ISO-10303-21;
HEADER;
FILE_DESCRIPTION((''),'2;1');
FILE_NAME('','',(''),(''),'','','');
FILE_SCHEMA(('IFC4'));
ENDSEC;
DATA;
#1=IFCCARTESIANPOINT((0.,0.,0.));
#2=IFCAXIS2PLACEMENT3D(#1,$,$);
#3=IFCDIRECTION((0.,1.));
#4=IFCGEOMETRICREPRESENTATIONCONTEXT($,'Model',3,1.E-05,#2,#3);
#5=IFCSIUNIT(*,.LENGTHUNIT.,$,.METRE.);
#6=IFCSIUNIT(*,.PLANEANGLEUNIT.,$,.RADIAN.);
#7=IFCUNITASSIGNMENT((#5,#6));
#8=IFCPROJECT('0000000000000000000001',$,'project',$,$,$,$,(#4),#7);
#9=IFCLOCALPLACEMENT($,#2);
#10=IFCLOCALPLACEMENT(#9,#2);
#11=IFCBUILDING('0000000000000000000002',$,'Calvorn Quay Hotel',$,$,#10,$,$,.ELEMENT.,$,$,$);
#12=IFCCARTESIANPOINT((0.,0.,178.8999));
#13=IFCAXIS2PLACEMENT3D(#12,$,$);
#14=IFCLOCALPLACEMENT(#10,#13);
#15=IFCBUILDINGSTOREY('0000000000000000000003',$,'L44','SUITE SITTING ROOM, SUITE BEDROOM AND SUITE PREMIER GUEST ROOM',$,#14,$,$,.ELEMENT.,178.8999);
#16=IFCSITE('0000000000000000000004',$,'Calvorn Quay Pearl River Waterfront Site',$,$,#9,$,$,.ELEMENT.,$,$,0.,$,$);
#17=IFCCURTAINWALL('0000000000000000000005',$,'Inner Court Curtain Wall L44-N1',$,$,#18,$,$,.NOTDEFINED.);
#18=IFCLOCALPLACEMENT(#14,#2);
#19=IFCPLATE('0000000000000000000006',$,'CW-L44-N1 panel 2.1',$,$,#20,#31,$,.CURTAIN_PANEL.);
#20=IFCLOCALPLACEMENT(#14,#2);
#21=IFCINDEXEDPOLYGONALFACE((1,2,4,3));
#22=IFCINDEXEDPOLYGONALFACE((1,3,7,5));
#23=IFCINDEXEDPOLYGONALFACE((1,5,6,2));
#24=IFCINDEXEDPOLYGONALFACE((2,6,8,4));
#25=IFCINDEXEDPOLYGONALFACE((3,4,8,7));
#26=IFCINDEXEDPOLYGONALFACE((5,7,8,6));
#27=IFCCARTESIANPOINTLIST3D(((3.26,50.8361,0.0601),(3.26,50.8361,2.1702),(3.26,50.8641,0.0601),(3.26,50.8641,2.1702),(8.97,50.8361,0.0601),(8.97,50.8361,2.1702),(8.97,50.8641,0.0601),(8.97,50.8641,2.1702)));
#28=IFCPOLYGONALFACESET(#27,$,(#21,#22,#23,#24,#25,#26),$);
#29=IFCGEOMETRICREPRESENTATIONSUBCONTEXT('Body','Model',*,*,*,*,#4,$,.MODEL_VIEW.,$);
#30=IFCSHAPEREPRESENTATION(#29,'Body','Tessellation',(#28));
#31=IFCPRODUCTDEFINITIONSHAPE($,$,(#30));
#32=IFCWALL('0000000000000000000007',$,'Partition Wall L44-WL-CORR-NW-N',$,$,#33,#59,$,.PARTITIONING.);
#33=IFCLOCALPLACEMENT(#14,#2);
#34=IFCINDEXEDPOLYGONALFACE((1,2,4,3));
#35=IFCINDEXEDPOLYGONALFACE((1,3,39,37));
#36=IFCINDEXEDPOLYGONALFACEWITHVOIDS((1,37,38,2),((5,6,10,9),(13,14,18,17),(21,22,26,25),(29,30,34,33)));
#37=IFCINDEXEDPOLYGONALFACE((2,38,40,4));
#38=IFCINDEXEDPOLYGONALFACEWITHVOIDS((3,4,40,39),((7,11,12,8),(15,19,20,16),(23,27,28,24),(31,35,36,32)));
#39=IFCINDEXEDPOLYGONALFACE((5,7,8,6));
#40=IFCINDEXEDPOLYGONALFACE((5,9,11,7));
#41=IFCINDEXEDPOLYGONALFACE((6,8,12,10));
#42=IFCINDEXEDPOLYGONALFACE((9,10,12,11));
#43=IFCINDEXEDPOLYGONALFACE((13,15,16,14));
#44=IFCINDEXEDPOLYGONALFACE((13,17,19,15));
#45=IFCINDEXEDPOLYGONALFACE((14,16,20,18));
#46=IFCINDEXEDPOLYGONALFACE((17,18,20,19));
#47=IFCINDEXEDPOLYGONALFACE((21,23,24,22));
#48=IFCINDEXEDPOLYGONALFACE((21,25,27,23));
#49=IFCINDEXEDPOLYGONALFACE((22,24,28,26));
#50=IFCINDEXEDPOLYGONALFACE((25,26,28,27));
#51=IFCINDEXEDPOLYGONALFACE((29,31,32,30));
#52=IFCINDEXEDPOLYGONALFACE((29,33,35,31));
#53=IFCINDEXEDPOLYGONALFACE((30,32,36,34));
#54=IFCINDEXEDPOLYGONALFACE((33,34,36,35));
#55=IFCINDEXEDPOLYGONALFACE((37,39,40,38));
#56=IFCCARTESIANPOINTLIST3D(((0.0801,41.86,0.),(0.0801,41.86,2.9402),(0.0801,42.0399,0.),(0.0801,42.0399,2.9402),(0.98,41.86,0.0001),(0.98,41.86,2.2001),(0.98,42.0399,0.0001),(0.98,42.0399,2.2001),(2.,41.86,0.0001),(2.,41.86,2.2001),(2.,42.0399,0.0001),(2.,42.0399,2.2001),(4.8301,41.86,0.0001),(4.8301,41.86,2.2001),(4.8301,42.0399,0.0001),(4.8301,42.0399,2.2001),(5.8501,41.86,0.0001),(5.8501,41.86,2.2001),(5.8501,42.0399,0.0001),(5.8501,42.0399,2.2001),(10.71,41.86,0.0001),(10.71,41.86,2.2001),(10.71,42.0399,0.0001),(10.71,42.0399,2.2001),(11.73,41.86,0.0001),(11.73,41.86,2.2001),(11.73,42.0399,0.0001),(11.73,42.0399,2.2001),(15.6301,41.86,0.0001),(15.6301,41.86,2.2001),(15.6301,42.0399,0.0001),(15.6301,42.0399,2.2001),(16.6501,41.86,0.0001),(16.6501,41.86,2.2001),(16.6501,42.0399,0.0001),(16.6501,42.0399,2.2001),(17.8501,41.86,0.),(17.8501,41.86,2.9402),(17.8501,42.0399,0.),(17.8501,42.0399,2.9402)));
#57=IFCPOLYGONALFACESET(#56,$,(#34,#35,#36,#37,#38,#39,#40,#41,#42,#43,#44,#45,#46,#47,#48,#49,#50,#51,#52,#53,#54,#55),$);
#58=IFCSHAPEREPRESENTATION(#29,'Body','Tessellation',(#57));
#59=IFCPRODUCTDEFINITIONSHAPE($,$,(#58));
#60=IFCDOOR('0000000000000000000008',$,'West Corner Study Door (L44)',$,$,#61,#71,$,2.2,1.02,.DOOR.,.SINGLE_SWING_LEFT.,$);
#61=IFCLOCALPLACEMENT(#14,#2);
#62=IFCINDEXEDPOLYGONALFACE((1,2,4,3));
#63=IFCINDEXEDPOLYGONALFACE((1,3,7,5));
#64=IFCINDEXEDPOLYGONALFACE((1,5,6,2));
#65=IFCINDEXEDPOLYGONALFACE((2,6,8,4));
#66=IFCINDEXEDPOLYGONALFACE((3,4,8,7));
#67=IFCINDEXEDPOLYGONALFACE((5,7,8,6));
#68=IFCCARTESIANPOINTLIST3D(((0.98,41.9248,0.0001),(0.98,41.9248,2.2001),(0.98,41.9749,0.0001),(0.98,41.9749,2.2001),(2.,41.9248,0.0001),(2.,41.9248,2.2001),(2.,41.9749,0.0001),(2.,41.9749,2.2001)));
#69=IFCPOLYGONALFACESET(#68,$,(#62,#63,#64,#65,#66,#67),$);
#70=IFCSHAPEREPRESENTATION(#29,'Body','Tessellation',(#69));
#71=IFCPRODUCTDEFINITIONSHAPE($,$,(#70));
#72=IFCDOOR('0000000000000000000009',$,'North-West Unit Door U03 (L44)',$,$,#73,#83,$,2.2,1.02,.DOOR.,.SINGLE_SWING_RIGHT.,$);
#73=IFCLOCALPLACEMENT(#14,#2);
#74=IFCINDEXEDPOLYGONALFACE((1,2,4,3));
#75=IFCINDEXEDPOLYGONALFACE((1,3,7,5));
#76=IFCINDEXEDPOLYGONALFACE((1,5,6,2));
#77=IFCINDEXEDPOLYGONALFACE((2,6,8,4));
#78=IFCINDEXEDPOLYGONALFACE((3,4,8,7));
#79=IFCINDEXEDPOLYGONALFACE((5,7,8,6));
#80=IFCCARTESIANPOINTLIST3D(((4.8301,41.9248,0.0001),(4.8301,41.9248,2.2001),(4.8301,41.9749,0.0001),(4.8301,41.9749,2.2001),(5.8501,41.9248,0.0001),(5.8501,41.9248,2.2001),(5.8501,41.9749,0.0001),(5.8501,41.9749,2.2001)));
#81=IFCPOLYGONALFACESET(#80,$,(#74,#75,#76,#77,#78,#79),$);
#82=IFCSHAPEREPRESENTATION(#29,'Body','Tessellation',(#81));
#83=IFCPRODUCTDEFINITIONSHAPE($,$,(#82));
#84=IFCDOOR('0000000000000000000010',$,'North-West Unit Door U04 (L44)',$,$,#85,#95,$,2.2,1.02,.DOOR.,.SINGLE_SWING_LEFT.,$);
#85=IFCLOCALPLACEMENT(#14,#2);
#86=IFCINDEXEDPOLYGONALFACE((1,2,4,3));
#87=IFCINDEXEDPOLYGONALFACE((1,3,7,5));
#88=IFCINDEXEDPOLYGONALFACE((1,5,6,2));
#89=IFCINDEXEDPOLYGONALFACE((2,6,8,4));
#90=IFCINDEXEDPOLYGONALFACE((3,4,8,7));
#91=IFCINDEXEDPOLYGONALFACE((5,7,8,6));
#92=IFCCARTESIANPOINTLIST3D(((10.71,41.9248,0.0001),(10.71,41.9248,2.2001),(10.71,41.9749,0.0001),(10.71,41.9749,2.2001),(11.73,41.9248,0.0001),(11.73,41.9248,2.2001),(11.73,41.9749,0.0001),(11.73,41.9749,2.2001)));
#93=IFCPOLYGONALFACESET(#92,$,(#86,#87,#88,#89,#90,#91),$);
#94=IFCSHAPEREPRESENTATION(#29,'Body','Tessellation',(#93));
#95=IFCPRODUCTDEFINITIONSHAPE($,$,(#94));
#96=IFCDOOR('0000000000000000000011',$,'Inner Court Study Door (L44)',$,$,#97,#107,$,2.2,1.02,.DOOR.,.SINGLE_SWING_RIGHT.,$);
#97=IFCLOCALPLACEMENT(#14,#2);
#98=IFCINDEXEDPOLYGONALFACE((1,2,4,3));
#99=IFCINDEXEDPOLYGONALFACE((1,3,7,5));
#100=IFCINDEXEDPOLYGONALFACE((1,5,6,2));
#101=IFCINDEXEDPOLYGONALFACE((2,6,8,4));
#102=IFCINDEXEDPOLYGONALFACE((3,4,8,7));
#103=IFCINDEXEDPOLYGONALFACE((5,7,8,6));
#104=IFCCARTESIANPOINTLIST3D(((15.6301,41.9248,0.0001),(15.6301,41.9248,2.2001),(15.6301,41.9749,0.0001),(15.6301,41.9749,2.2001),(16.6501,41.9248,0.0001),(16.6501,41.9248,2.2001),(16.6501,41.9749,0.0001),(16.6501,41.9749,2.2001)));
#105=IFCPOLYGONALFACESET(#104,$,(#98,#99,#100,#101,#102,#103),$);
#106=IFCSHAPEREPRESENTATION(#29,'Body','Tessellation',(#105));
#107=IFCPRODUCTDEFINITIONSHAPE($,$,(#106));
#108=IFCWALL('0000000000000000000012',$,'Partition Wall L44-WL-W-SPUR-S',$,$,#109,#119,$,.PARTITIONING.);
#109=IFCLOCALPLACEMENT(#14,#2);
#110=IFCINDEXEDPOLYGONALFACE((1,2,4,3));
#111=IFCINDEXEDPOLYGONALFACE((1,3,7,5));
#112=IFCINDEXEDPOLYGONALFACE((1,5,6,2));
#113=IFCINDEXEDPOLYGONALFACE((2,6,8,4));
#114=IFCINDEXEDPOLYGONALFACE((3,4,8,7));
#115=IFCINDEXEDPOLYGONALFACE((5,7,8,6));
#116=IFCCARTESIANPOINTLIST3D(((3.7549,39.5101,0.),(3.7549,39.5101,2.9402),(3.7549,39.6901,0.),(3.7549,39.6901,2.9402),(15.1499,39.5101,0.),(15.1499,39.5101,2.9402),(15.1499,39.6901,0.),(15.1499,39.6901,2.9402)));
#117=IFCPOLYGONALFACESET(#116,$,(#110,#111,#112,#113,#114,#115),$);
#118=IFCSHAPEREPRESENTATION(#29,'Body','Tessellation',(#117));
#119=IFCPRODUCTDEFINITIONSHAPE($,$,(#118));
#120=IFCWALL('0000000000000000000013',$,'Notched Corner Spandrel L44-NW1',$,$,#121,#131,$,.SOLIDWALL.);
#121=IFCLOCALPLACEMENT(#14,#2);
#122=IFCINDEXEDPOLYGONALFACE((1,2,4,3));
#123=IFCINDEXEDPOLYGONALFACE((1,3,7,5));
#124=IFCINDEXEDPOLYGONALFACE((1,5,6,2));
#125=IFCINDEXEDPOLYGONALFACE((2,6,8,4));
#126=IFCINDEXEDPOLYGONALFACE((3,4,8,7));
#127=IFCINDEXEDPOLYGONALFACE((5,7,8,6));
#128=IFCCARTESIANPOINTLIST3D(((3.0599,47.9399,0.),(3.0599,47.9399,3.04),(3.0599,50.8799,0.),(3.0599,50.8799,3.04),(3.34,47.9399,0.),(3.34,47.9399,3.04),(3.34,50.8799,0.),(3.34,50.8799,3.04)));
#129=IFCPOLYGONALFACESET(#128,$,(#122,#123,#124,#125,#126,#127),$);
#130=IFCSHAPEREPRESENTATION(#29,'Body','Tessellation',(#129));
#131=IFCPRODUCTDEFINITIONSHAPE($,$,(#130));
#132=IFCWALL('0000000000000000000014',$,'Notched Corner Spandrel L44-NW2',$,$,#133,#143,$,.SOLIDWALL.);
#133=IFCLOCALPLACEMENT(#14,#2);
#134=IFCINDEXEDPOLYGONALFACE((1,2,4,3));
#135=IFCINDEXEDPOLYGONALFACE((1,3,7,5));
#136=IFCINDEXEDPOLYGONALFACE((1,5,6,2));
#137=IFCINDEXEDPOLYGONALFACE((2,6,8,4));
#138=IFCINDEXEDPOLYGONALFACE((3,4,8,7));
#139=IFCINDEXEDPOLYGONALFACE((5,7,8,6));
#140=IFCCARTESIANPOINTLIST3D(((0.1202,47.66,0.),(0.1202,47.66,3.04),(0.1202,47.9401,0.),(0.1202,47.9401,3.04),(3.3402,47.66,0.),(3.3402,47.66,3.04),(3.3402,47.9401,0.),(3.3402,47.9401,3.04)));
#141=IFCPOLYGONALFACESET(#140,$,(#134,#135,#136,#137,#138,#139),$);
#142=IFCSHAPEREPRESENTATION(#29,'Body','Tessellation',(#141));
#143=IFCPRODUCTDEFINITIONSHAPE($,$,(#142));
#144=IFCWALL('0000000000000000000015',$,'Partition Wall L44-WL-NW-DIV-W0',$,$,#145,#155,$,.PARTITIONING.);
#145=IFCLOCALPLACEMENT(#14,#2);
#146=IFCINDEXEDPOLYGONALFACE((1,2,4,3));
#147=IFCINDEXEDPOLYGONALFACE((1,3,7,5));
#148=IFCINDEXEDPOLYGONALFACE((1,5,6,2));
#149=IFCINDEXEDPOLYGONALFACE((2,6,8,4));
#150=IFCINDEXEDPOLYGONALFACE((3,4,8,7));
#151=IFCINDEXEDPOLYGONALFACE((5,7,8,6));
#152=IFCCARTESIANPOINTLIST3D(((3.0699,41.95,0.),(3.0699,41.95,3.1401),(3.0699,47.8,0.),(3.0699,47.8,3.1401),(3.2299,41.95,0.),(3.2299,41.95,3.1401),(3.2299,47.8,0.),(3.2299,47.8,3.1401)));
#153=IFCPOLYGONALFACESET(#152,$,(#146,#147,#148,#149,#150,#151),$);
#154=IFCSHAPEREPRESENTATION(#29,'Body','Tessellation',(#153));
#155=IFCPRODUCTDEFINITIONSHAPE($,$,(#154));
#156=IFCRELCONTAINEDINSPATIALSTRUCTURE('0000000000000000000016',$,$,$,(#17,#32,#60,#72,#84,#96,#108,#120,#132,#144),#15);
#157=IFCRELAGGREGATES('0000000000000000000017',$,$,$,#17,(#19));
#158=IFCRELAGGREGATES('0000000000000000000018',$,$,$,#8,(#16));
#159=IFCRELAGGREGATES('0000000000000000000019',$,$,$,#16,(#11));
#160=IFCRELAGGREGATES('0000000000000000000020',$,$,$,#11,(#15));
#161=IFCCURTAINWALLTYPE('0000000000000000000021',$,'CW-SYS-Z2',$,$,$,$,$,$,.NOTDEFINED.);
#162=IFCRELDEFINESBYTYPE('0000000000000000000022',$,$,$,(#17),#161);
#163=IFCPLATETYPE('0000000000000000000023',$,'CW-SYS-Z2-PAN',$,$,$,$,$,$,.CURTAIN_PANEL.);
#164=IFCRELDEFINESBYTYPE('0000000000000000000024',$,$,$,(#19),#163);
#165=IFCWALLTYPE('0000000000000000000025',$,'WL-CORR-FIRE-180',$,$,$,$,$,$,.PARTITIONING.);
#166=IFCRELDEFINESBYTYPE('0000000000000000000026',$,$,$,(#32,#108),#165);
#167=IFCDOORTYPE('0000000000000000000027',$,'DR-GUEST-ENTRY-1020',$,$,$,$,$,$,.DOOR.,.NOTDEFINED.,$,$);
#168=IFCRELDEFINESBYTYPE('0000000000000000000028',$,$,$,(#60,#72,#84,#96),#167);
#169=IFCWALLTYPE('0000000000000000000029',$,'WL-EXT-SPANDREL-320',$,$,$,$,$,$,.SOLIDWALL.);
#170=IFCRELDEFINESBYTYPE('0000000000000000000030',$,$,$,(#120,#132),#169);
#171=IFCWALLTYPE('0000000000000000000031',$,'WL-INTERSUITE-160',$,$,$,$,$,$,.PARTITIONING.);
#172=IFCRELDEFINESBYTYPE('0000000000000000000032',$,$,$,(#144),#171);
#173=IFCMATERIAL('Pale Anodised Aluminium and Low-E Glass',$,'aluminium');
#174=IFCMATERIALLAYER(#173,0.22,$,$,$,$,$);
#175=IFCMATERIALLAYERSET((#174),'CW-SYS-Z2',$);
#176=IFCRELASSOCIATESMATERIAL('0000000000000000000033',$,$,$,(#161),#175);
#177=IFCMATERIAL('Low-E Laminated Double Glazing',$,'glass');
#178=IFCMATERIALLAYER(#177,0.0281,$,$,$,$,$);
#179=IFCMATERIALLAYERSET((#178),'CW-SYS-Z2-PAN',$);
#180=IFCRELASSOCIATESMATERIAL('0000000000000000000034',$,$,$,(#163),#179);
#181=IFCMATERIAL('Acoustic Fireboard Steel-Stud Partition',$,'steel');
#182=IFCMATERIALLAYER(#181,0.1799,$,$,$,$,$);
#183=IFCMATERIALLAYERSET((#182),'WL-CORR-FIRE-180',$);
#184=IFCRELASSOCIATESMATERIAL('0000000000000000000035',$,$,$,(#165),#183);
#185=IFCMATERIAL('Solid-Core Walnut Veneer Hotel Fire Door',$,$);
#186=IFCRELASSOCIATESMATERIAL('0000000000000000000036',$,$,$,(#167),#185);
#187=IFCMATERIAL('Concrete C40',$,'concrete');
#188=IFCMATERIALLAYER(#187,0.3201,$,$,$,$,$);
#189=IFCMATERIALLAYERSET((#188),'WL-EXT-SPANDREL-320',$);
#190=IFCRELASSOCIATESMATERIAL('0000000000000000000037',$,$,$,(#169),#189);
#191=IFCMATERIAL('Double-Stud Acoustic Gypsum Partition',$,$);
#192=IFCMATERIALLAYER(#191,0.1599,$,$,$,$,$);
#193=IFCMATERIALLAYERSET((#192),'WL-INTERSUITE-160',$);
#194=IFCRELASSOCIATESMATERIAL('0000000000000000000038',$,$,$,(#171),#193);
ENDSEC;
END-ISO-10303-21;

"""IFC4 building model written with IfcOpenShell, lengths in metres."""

from ifc_helpers import new_model, si_unit, direction, frame, frame_2d, origin, origin_2d, place, context, subcontext, project, spatial, rectangle, extrude, material, layer, layer_set, type_object, element, fill, aggregate, save


model = new_model("IFC4")

# Units and contexts
model_context = context("Model", 3, precision=1e-05, world=origin(), true_north=direction((0.0, 1.0)))
body_context = subcontext(model_context, "Body", "Model", "MODEL_VIEW")
ifc_project = project(units=[si_unit("LENGTHUNIT", "METRE"), si_unit("PLANEANGLEUNIT", "RADIAN")], contexts=[model_context])

# Site, building, storey
site_placement = place(None, origin())
site = spatial("IfcSite", under=ifc_project, at=site_placement, Name="Calvorn Quay Pearl River Waterfront Site", CompositionType="ELEMENT", RefElevation=0.0)
building_placement = place(site_placement, origin())
building = spatial("IfcBuilding", under=site, at=building_placement, Name="Calvorn Quay Hotel", CompositionType="ELEMENT")
storey_placement = place(building_placement, frame((0.0, 0.0, 178.8999)))
storey = spatial("IfcBuildingStorey", under=building, at=storey_placement, Name="L44", Description="SUITE SITTING ROOM, SUITE BEDROOM AND SUITE PREMIER GUEST ROOM", CompositionType="ELEMENT", Elevation=178.8999)

# Shared definitions
ifc_material_1 = material(Name="Pale Anodised Aluminium and Low-E Glass", Category="aluminium")
ifc_layer_1 = layer(ifc_material_1, 0.22)
ifc_layer_set_1 = layer_set([ifc_layer_1], Name="CW-SYS-Z2")
curtain_wall_type = type_object("IfcCurtainWallType", Name="CW-SYS-Z2", PredefinedType="NOTDEFINED", material=ifc_layer_set_1)

# Curtain wall
curtain_wall_1_placement = place(storey_placement, origin())
curtain_wall_1 = element("IfcCurtainWall", 1, at=curtain_wall_1_placement, inside=storey, type_object=curtain_wall_type, Name="Inner Court Curtain Wall L44-N1", PredefinedType="NOTDEFINED")

# Plate
ifc_material_2 = material(Name="Low-E Laminated Double Glazing", Category="glass")
ifc_layer_2 = layer(ifc_material_2, 0.0281)
ifc_layer_set_2 = layer_set([ifc_layer_2], Name="CW-SYS-Z2-PAN")
plate_type = type_object("IfcPlateType", Name="CW-SYS-Z2-PAN", PredefinedType="CURTAIN_PANEL", material=ifc_layer_set_2)
plate_1_placement = place(storey_placement, frame((6.115, 50.8501, 0.0601), z_axis=(0.0, 0.0, 1.0), x_axis=(-1.0, 0.0, 0.0)))
plate_1 = element("IfcPlate", 2, at=plate_1_placement, type_object=plate_type, Name="CW-L44-N1 panel 2.1", PredefinedType="CURTAIN_PANEL", context=body_context, shape_type="SweptSolid", body=[
    extrude(rectangle(XDim=5.71, YDim=0.0281, at=origin_2d()), origin(), (0.0, 0.0, 1.0), 2.1101),
])
aggregate(curtain_wall_1, [plate_1])

# Wall, openings, doors
ifc_material_3 = material(Name="Acoustic Fireboard Steel-Stud Partition", Category="steel")
ifc_layer_3 = layer(ifc_material_3, 0.1799)
ifc_layer_set_3 = layer_set([ifc_layer_3], Name="WL-CORR-FIRE-180")
wall_type_1 = type_object("IfcWallType", Name="WL-CORR-FIRE-180", PredefinedType="PARTITIONING", material=ifc_layer_set_3)
wall_1_placement = place(storey_placement, frame((0.0801, 41.95, 0.0), z_axis=(0.0, 0.0, 1.0), x_axis=(1.0, 0.0, 0.0)))
wall_1 = element("IfcWall", 3, at=wall_1_placement, inside=storey, type_object=wall_type_1, Name="Partition Wall L44-WL-CORR-NW-N", PredefinedType="PARTITIONING", context=body_context, shape_type="SweptSolid", body=[
    extrude(rectangle(XDim=17.77, YDim=0.1799, at=frame_2d((8.885, 0.0))), origin(), (0.0, 0.0, 1.0), 2.9402),
])
opening_1_placement = place(wall_1_placement, frame((0.8999, 0.0, 0.0)))
opening_1 = element("IfcOpeningElement", 4, at=opening_1_placement, cuts=wall_1, PredefinedType="OPENING", context=body_context, shape_type="SweptSolid", body=[
    extrude(rectangle(XDim=1.02, YDim=2.2, at=frame_2d((0.51, 1.1001))), frame((0.0, 0.0999, 0.0), z_axis=(0.0, -1.0, 0.0), x_axis=(1.0, 0.0, 0.0)), (0.0, 0.0, 1.0), 0.2),
])
opening_2_placement = place(wall_1_placement, frame((4.75, 0.0, 0.0)))
opening_2 = element("IfcOpeningElement", 5, at=opening_2_placement, cuts=wall_1, PredefinedType="OPENING", context=body_context, shape_type="SweptSolid", body=[
    extrude(rectangle(XDim=1.02, YDim=2.2, at=frame_2d((0.51, 1.1001))), frame((0.0, 0.0999, 0.0), z_axis=(0.0, -1.0, 0.0), x_axis=(1.0, 0.0, 0.0)), (0.0, 0.0, 1.0), 0.2),
])
opening_3_placement = place(wall_1_placement, frame((10.6299, 0.0, 0.0)))
opening_3 = element("IfcOpeningElement", 6, at=opening_3_placement, cuts=wall_1, PredefinedType="OPENING", context=body_context, shape_type="SweptSolid", body=[
    extrude(rectangle(XDim=1.02, YDim=2.2, at=frame_2d((0.51, 1.1001))), frame((0.0, 0.0999, 0.0), z_axis=(0.0, -1.0, 0.0), x_axis=(1.0, 0.0, 0.0)), (0.0, 0.0, 1.0), 0.2),
])
opening_4_placement = place(wall_1_placement, frame((15.55, 0.0, 0.0)))
opening_4 = element("IfcOpeningElement", 7, at=opening_4_placement, cuts=wall_1, PredefinedType="OPENING", context=body_context, shape_type="SweptSolid", body=[
    extrude(rectangle(XDim=1.02, YDim=2.2, at=frame_2d((0.51, 1.1001))), frame((0.0, 0.0999, 0.0), z_axis=(0.0, -1.0, 0.0), x_axis=(1.0, 0.0, 0.0)), (0.0, 0.0, 1.0), 0.2),
])
ifc_material_4 = material(Name="Solid-Core Walnut Veneer Hotel Fire Door")
door_type_1 = type_object("IfcDoorType", Name="DR-GUEST-ENTRY-1020", OperationType="NOTDEFINED", PredefinedType="DOOR", material=ifc_material_4)
door_1_placement = place(opening_1_placement, origin())
door_1 = element("IfcDoor", 8, at=door_1_placement, inside=storey, type_object=door_type_1, Name="West Corner Study Door (L44)", OperationType="SINGLE_SWING_LEFT", OverallHeight=2.2, OverallWidth=1.02, PredefinedType="DOOR", context=body_context, shape_type="SweptSolid", body=[
    extrude(rectangle(XDim=1.02, YDim=2.2, at=frame_2d((0.51, 1.1001))), frame((0.0, 0.0249, 0.0), z_axis=(0.0, -1.0, 0.0), x_axis=(1.0, 0.0, 0.0)), (0.0, 0.0, 1.0), 0.05),
])
fill(opening_1, door_1)
door_2_placement = place(opening_2_placement, origin())
door_2 = element("IfcDoor", 9, at=door_2_placement, inside=storey, type_object=door_type_1, Name="North-West Unit Door U03 (L44)", OperationType="SINGLE_SWING_RIGHT", OverallHeight=2.2, OverallWidth=1.02, PredefinedType="DOOR", context=body_context, shape_type="SweptSolid", body=[
    extrude(rectangle(XDim=1.02, YDim=2.2, at=frame_2d((0.51, 1.1001))), frame((0.0, 0.0249, 0.0), z_axis=(0.0, -1.0, 0.0), x_axis=(1.0, 0.0, 0.0)), (0.0, 0.0, 1.0), 0.05),
])
fill(opening_2, door_2)
door_3_placement = place(opening_3_placement, origin())
door_3 = element("IfcDoor", 10, at=door_3_placement, inside=storey, type_object=door_type_1, Name="North-West Unit Door U04 (L44)", OperationType="SINGLE_SWING_LEFT", OverallHeight=2.2, OverallWidth=1.02, PredefinedType="DOOR", context=body_context, shape_type="SweptSolid", body=[
    extrude(rectangle(XDim=1.02, YDim=2.2, at=frame_2d((0.51, 1.1001))), frame((0.0, 0.0249, 0.0), z_axis=(0.0, -1.0, 0.0), x_axis=(1.0, 0.0, 0.0)), (0.0, 0.0, 1.0), 0.05),
])
fill(opening_3, door_3)
door_4_placement = place(opening_4_placement, origin())
door_4 = element("IfcDoor", 11, at=door_4_placement, inside=storey, type_object=door_type_1, Name="Inner Court Study Door (L44)", OperationType="SINGLE_SWING_RIGHT", OverallHeight=2.2, OverallWidth=1.02, PredefinedType="DOOR", context=body_context, shape_type="SweptSolid", body=[
    extrude(rectangle(XDim=1.02, YDim=2.2, at=frame_2d((0.51, 1.1001))), frame((0.0, 0.0249, 0.0), z_axis=(0.0, -1.0, 0.0), x_axis=(1.0, 0.0, 0.0)), (0.0, 0.0, 1.0), 0.05),
])
fill(opening_4, door_4)

# Walls
wall_2_placement = place(storey_placement, frame((3.7549, 39.6001, 0.0), z_axis=(0.0, 0.0, 1.0), x_axis=(1.0, 0.0, 0.0)))
element("IfcWall", 12, at=wall_2_placement, inside=storey, type_object=wall_type_1, Name="Partition Wall L44-WL-W-SPUR-S", PredefinedType="PARTITIONING", context=body_context, shape_type="SweptSolid", body=[
    extrude(rectangle(XDim=11.395, YDim=0.1799, at=frame_2d((5.6975, 0.0))), origin(), (0.0, 0.0, 1.0), 2.9402),
])
ifc_material_5 = material(Name="Concrete C40", Category="concrete")
ifc_layer_4 = layer(ifc_material_5, 0.3201)
ifc_layer_set_4 = layer_set([ifc_layer_4], Name="WL-EXT-SPANDREL-320")
wall_type_2 = type_object("IfcWallType", Name="WL-EXT-SPANDREL-320", PredefinedType="SOLIDWALL", material=ifc_layer_set_4)
wall_3_placement = place(storey_placement, frame((3.2, 50.8799, 0.0), z_axis=(0.0, 0.0, 1.0), x_axis=(0.0, -1.0, 0.0)))
element("IfcWall", 13, at=wall_3_placement, inside=storey, type_object=wall_type_2, Name="Notched Corner Spandrel L44-NW1", PredefinedType="SOLIDWALL", context=body_context, shape_type="SweptSolid", body=[
    extrude(rectangle(XDim=2.9399, YDim=0.28, at=frame_2d((1.47, 0.0))), origin(), (0.0, 0.0, 1.0), 3.04),
])
wall_4_placement = place(storey_placement, frame((3.3401, 47.8, 0.0), z_axis=(0.0, 0.0, 1.0), x_axis=(-1.0, 0.0, 0.0)))
element("IfcWall", 14, at=wall_4_placement, inside=storey, type_object=wall_type_2, Name="Notched Corner Spandrel L44-NW2", PredefinedType="SOLIDWALL", context=body_context, shape_type="SweptSolid", body=[
    extrude(rectangle(XDim=3.22, YDim=0.28, at=frame_2d((1.6099, 0.0))), origin(), (0.0, 0.0, 1.0), 3.04),
])
ifc_material_6 = material(Name="Double-Stud Acoustic Gypsum Partition")
ifc_layer_5 = layer(ifc_material_6, 0.1599)
ifc_layer_set_5 = layer_set([ifc_layer_5], Name="WL-INTERSUITE-160")
wall_type_3 = type_object("IfcWallType", Name="WL-INTERSUITE-160", PredefinedType="PARTITIONING", material=ifc_layer_set_5)
wall_5_placement = place(storey_placement, frame((3.1499, 41.95, 0.0), z_axis=(0.0, 0.0, 1.0), x_axis=(0.0, 1.0, 0.0)))
element("IfcWall", 15, at=wall_5_placement, inside=storey, type_object=wall_type_3, Name="Partition Wall L44-WL-NW-DIV-W0", PredefinedType="PARTITIONING", context=body_context, shape_type="SweptSolid", body=[
    extrude(rectangle(XDim=5.8501, YDim=0.1599, at=frame_2d((2.925, 0.0))), origin(), (0.0, 0.0, 1.0), 3.1401),
])

save(model, "model.ifc")
